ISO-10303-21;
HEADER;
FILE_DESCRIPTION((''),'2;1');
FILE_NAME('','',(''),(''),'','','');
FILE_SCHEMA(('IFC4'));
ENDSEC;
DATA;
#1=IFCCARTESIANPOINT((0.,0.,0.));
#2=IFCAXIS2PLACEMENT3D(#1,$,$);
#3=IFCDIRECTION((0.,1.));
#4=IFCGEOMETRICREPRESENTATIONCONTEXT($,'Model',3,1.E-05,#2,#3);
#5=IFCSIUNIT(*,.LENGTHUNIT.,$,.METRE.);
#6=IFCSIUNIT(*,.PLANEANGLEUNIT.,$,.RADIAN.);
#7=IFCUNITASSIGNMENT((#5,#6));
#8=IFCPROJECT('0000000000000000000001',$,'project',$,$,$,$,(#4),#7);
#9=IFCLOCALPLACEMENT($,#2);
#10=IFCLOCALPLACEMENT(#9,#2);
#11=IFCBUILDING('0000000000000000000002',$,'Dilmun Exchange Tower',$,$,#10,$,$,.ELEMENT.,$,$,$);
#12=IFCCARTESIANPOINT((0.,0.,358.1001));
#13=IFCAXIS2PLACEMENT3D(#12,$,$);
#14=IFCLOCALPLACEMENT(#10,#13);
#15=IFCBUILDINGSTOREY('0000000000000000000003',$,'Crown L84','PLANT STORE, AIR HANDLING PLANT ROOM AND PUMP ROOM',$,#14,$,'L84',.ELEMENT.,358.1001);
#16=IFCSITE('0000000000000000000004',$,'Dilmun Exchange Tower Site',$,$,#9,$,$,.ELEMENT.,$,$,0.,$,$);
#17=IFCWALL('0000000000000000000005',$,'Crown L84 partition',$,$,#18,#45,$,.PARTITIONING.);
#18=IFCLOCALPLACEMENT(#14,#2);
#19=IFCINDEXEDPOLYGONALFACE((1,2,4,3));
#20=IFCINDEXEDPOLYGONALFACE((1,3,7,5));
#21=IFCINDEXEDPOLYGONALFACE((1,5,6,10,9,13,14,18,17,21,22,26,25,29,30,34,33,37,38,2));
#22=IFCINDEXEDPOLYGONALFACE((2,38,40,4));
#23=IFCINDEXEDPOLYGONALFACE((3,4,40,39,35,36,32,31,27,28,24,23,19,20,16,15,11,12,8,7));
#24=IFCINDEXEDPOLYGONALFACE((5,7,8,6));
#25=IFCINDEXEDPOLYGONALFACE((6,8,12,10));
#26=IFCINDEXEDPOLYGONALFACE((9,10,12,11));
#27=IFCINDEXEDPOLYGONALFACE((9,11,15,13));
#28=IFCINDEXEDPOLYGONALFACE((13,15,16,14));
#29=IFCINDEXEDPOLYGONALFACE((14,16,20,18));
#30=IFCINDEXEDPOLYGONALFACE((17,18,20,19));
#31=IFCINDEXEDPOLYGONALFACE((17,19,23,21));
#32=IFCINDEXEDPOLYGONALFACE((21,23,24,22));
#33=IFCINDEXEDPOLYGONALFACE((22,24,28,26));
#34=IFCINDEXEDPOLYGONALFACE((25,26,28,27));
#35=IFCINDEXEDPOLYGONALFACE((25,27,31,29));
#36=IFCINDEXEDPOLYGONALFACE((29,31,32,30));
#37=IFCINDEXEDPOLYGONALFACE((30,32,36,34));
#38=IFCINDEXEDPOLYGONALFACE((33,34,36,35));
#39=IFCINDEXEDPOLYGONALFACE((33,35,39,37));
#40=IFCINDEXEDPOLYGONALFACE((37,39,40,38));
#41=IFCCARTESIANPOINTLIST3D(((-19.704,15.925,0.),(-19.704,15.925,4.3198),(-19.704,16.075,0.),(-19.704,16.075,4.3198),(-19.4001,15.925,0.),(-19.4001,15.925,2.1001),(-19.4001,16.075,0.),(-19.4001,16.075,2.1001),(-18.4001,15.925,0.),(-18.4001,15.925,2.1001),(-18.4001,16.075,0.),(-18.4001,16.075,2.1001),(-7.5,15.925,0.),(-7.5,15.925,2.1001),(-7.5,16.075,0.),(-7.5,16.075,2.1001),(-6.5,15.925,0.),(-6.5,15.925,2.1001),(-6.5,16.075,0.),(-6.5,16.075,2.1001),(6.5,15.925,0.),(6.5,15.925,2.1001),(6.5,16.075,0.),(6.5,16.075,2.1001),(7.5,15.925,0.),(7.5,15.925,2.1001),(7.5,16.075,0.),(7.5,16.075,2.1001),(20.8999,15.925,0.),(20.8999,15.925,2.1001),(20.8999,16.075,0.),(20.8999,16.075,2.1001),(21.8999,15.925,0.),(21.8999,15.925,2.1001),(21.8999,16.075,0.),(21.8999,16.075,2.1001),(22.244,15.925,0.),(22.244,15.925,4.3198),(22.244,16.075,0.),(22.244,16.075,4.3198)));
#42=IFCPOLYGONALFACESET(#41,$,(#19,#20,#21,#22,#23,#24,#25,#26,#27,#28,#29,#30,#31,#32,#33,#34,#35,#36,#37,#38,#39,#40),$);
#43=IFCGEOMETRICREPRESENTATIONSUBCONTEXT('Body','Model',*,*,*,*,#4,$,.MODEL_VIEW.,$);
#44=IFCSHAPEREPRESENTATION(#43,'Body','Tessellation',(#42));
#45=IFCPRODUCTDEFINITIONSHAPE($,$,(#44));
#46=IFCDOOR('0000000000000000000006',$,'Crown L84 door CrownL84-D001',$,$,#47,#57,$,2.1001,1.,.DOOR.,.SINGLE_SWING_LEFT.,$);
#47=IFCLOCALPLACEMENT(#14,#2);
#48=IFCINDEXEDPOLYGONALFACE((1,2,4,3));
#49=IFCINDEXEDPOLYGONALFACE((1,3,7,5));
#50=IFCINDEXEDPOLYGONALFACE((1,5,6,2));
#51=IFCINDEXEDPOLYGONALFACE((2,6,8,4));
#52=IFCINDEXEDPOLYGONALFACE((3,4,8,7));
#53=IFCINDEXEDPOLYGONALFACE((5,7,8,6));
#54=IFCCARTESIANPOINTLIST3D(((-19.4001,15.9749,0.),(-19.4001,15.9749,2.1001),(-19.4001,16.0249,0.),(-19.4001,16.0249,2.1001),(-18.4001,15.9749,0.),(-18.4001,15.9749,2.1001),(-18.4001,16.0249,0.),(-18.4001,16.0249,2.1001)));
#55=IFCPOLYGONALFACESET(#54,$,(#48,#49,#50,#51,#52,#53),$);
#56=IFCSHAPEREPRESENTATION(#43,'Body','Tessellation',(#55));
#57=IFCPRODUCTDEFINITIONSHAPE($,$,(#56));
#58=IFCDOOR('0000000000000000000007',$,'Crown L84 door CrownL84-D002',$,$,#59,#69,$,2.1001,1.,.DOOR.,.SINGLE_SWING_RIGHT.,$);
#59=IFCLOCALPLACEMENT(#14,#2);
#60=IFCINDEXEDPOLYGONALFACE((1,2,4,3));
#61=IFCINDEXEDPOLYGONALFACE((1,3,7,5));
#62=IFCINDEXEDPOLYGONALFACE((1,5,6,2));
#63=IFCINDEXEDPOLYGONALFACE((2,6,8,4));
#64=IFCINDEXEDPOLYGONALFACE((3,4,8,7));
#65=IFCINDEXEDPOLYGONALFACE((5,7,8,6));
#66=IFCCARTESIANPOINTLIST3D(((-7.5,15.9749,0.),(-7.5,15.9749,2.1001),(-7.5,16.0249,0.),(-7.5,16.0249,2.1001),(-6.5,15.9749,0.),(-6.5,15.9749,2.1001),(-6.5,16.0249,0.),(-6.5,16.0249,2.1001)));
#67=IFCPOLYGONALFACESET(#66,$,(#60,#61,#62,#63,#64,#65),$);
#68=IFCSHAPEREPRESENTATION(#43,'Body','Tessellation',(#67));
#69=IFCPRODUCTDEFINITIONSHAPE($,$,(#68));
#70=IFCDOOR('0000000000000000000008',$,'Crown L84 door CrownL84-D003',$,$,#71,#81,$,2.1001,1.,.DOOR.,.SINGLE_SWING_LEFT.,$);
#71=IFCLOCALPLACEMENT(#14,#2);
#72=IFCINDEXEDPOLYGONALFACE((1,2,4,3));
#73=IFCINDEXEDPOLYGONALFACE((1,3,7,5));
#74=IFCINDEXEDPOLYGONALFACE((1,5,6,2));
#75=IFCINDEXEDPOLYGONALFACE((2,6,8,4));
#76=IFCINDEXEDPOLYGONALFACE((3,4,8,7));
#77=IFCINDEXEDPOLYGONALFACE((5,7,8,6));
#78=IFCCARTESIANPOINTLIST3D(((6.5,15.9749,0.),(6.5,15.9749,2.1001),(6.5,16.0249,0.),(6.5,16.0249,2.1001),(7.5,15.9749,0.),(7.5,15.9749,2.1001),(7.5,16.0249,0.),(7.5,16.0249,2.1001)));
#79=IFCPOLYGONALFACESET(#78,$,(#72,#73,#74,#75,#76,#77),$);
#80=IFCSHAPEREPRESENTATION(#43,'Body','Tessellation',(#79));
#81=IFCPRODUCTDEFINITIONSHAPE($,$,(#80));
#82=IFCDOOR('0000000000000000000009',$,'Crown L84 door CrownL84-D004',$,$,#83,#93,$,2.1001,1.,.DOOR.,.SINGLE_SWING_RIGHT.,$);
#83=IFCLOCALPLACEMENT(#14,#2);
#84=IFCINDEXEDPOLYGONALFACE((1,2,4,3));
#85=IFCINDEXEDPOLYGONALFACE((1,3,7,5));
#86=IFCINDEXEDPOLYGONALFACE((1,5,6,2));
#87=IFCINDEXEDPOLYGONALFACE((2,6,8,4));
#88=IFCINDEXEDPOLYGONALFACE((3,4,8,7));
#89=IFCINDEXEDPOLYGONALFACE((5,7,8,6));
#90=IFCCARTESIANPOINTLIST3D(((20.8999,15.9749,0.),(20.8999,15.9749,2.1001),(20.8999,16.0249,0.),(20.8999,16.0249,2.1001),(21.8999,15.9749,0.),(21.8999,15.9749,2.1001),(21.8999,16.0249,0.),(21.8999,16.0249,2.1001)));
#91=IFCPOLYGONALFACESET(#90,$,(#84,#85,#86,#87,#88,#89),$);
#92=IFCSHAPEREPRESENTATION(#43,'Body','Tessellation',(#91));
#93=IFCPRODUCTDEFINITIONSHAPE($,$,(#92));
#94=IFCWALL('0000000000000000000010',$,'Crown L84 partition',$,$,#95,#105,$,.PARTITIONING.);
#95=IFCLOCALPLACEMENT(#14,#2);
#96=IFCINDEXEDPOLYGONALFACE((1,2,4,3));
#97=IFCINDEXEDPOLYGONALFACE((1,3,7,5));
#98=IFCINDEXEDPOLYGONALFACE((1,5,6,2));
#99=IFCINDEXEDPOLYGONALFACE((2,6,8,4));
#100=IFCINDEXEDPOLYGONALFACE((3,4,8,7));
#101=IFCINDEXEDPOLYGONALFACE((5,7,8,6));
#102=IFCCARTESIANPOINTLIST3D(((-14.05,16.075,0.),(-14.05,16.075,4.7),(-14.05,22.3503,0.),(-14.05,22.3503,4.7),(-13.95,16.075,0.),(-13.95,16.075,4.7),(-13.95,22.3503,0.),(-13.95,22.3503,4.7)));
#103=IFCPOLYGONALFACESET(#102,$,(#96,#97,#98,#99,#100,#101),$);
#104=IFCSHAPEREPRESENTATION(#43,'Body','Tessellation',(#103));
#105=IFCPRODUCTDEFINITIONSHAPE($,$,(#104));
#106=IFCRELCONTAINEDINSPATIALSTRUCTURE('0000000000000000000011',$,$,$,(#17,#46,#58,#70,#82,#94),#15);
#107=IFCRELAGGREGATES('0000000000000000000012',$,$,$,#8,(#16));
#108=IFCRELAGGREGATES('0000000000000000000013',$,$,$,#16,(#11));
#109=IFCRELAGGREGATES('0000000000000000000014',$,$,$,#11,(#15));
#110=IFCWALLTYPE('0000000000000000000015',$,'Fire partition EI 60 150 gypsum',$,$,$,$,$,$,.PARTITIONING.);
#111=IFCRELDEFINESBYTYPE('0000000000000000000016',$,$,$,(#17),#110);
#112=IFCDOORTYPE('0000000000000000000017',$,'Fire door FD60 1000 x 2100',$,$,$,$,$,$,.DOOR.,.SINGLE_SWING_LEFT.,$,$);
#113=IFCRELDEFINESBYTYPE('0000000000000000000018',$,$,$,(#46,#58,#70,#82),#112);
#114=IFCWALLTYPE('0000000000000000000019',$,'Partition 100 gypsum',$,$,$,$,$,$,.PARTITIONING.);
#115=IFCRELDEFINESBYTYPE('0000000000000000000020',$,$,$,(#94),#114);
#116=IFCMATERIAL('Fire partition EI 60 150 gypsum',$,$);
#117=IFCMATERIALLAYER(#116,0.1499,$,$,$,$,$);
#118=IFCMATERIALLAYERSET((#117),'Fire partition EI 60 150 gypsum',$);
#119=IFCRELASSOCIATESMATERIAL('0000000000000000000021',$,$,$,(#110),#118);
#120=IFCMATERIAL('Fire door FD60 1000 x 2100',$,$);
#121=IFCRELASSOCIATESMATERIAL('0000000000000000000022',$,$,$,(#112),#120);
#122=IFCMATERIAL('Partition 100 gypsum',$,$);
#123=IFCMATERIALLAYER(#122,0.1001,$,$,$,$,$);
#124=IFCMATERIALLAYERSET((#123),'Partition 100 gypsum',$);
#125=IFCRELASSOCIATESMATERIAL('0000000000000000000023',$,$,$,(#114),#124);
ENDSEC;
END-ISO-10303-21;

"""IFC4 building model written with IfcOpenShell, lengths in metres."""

from ifc_helpers import new_model, si_unit, direction, frame, frame_2d, origin, place, context, subcontext, project, spatial, rectangle, extrude, material, layer, layer_set, type_object, element, fill, save


model = new_model("IFC4")

# Units and contexts
model_context = context("Model", 3, precision=1e-05, world=origin(), true_north=direction((0.0, 1.0)))
body_context = subcontext(model_context, "Body", "Model", "MODEL_VIEW")
ifc_project = project(units=[si_unit("LENGTHUNIT", "METRE"), si_unit("PLANEANGLEUNIT", "RADIAN")], contexts=[model_context])

# Site, building, storey
site_placement = place(None, origin())
site = spatial("IfcSite", under=ifc_project, at=site_placement, Name="Dilmun Exchange Tower Site", CompositionType="ELEMENT", RefElevation=0.0)
building_placement = place(site_placement, origin())
building = spatial("IfcBuilding", under=site, at=building_placement, Name="Dilmun Exchange Tower", CompositionType="ELEMENT")
storey_placement = place(building_placement, frame((0.0, 0.0, 358.1001)))
storey = spatial("IfcBuildingStorey", under=building, at=storey_placement, Name="Crown L84", Description="PLANT STORE, AIR HANDLING PLANT ROOM AND PUMP ROOM", LongName="L84", CompositionType="ELEMENT", Elevation=358.1001)

# Shared definitions
ifc_material_1 = material(Name="Fire partition EI 60 150 gypsum")
ifc_layer_1 = layer(ifc_material_1, 0.1499)
ifc_layer_set_1 = layer_set([ifc_layer_1], Name="Fire partition EI 60 150 gypsum")
wall_type_1 = type_object("IfcWallType", Name="Fire partition EI 60 150 gypsum", PredefinedType="PARTITIONING", material=ifc_layer_set_1)

# Wall, openings, doors
wall_1_placement = place(storey_placement, frame((-19.7041, 16.0, 0.0), z_axis=(0.0, 0.0, 1.0), x_axis=(1.0, 0.0, 0.0)))
wall_1 = element("IfcWall", 1, at=wall_1_placement, inside=storey, type_object=wall_type_1, Name="Crown L84 partition", PredefinedType="PARTITIONING", context=body_context, shape_type="SweptSolid", body=[
    extrude(rectangle(XDim=41.948, YDim=0.1499, at=frame_2d((20.9741, 0.0))), origin(), (0.0, 0.0, 1.0), 4.3198),
])
opening_1_placement = place(wall_1_placement, frame((0.304, 0.0, 0.0)))
opening_1 = element("IfcOpeningElement", 2, at=opening_1_placement, cuts=wall_1, PredefinedType="OPENING", context=body_context, shape_type="SweptSolid", body=[
    extrude(rectangle(XDim=1.0, YDim=2.1001, at=frame_2d((0.5, 1.05))), frame((0.0, 0.085, 0.0), z_axis=(0.0, -1.0, 0.0), x_axis=(1.0, 0.0, 0.0)), (0.0, 0.0, 1.0), 0.1699),
])
opening_2_placement = place(wall_1_placement, frame((12.2041, 0.0, 0.0)))
opening_2 = element("IfcOpeningElement", 3, at=opening_2_placement, cuts=wall_1, PredefinedType="OPENING", context=body_context, shape_type="SweptSolid", body=[
    extrude(rectangle(XDim=1.0, YDim=2.1001, at=frame_2d((0.5, 1.05))), frame((0.0, 0.085, 0.0), z_axis=(0.0, -1.0, 0.0), x_axis=(1.0, 0.0, 0.0)), (0.0, 0.0, 1.0), 0.1699),
])
opening_3_placement = place(wall_1_placement, frame((26.2041, 0.0, 0.0)))
opening_3 = element("IfcOpeningElement", 4, at=opening_3_placement, cuts=wall_1, PredefinedType="OPENING", context=body_context, shape_type="SweptSolid", body=[
    extrude(rectangle(XDim=1.0, YDim=2.1001, at=frame_2d((0.5, 1.05))), frame((0.0, 0.085, 0.0), z_axis=(0.0, -1.0, 0.0), x_axis=(1.0, 0.0, 0.0)), (0.0, 0.0, 1.0), 0.1699),
])
opening_4_placement = place(wall_1_placement, frame((40.604, 0.0, 0.0)))
opening_4 = element("IfcOpeningElement", 5, at=opening_4_placement, cuts=wall_1, PredefinedType="OPENING", context=body_context, shape_type="SweptSolid", body=[
    extrude(rectangle(XDim=1.0, YDim=2.1001, at=frame_2d((0.5, 1.05))), frame((0.0, 0.085, 0.0), z_axis=(0.0, -1.0, 0.0), x_axis=(1.0, 0.0, 0.0)), (0.0, 0.0, 1.0), 0.1699),
])
ifc_material_2 = material(Name="Fire door FD60 1000 x 2100")
door_type_1 = type_object("IfcDoorType", Name="Fire door FD60 1000 x 2100", OperationType="SINGLE_SWING_LEFT", PredefinedType="DOOR", material=ifc_material_2)
door_1_placement = place(opening_1_placement, origin())
door_1 = element("IfcDoor", 6, at=door_1_placement, inside=storey, type_object=door_type_1, Name="Crown L84 door CrownL84-D001", OperationType="SINGLE_SWING_LEFT", OverallHeight=2.1001, OverallWidth=1.0, PredefinedType="DOOR", context=body_context, shape_type="SweptSolid", body=[
    extrude(rectangle(XDim=1.0, YDim=2.1001, at=frame_2d((0.5, 1.05))), frame((0.0, 0.0249, 0.0), z_axis=(0.0, -1.0, 0.0), x_axis=(1.0, 0.0, 0.0)), (0.0, 0.0, 1.0), 0.05),
])
fill(opening_1, door_1)
door_2_placement = place(opening_2_placement, origin())
door_2 = element("IfcDoor", 7, at=door_2_placement, inside=storey, type_object=door_type_1, Name="Crown L84 door CrownL84-D002", OperationType="SINGLE_SWING_RIGHT", OverallHeight=2.1001, OverallWidth=1.0, PredefinedType="DOOR", context=body_context, shape_type="SweptSolid", body=[
    extrude(rectangle(XDim=1.0, YDim=2.1001, at=frame_2d((0.5, 1.05))), frame((0.0, 0.0249, 0.0), z_axis=(0.0, -1.0, 0.0), x_axis=(1.0, 0.0, 0.0)), (0.0, 0.0, 1.0), 0.05),
])
fill(opening_2, door_2)
door_3_placement = place(opening_3_placement, origin())
door_3 = element("IfcDoor", 8, at=door_3_placement, inside=storey, type_object=door_type_1, Name="Crown L84 door CrownL84-D003", OperationType="SINGLE_SWING_LEFT", OverallHeight=2.1001, OverallWidth=1.0, PredefinedType="DOOR", context=body_context, shape_type="SweptSolid", body=[
    extrude(rectangle(XDim=1.0, YDim=2.1001, at=frame_2d((0.5, 1.05))), frame((0.0, 0.0249, 0.0), z_axis=(0.0, -1.0, 0.0), x_axis=(1.0, 0.0, 0.0)), (0.0, 0.0, 1.0), 0.05),
])
fill(opening_3, door_3)
door_4_placement = place(opening_4_placement, origin())
door_4 = element("IfcDoor", 9, at=door_4_placement, inside=storey, type_object=door_type_1, Name="Crown L84 door CrownL84-D004", OperationType="SINGLE_SWING_RIGHT", OverallHeight=2.1001, OverallWidth=1.0, PredefinedType="DOOR", context=body_context, shape_type="SweptSolid", body=[
    extrude(rectangle(XDim=1.0, YDim=2.1001, at=frame_2d((0.5, 1.05))), frame((0.0, 0.0249, 0.0), z_axis=(0.0, -1.0, 0.0), x_axis=(1.0, 0.0, 0.0)), (0.0, 0.0, 1.0), 0.05),
])
fill(opening_4, door_4)

# Wall
ifc_material_3 = material(Name="Partition 100 gypsum")
ifc_layer_2 = layer(ifc_material_3, 0.1001)
ifc_layer_set_2 = layer_set([ifc_layer_2], Name="Partition 100 gypsum")
wall_type_2 = type_object("IfcWallType", Name="Partition 100 gypsum", PredefinedType="PARTITIONING", material=ifc_layer_set_2)
wall_2_placement = place(storey_placement, frame((-14.0, 16.075, 0.0), z_axis=(0.0, 0.0, 1.0), x_axis=(0.0, 1.0, 0.0)))
element("IfcWall", 10, at=wall_2_placement, inside=storey, type_object=wall_type_2, Name="Crown L84 partition", PredefinedType="PARTITIONING", context=body_context, shape_type="SweptSolid", body=[
    extrude(rectangle(XDim=6.2754, YDim=0.1001, at=frame_2d((3.1377, 0.0))), origin(), (0.0, 0.0, 1.0), 4.7),
])

save(model, "model.ifc")
